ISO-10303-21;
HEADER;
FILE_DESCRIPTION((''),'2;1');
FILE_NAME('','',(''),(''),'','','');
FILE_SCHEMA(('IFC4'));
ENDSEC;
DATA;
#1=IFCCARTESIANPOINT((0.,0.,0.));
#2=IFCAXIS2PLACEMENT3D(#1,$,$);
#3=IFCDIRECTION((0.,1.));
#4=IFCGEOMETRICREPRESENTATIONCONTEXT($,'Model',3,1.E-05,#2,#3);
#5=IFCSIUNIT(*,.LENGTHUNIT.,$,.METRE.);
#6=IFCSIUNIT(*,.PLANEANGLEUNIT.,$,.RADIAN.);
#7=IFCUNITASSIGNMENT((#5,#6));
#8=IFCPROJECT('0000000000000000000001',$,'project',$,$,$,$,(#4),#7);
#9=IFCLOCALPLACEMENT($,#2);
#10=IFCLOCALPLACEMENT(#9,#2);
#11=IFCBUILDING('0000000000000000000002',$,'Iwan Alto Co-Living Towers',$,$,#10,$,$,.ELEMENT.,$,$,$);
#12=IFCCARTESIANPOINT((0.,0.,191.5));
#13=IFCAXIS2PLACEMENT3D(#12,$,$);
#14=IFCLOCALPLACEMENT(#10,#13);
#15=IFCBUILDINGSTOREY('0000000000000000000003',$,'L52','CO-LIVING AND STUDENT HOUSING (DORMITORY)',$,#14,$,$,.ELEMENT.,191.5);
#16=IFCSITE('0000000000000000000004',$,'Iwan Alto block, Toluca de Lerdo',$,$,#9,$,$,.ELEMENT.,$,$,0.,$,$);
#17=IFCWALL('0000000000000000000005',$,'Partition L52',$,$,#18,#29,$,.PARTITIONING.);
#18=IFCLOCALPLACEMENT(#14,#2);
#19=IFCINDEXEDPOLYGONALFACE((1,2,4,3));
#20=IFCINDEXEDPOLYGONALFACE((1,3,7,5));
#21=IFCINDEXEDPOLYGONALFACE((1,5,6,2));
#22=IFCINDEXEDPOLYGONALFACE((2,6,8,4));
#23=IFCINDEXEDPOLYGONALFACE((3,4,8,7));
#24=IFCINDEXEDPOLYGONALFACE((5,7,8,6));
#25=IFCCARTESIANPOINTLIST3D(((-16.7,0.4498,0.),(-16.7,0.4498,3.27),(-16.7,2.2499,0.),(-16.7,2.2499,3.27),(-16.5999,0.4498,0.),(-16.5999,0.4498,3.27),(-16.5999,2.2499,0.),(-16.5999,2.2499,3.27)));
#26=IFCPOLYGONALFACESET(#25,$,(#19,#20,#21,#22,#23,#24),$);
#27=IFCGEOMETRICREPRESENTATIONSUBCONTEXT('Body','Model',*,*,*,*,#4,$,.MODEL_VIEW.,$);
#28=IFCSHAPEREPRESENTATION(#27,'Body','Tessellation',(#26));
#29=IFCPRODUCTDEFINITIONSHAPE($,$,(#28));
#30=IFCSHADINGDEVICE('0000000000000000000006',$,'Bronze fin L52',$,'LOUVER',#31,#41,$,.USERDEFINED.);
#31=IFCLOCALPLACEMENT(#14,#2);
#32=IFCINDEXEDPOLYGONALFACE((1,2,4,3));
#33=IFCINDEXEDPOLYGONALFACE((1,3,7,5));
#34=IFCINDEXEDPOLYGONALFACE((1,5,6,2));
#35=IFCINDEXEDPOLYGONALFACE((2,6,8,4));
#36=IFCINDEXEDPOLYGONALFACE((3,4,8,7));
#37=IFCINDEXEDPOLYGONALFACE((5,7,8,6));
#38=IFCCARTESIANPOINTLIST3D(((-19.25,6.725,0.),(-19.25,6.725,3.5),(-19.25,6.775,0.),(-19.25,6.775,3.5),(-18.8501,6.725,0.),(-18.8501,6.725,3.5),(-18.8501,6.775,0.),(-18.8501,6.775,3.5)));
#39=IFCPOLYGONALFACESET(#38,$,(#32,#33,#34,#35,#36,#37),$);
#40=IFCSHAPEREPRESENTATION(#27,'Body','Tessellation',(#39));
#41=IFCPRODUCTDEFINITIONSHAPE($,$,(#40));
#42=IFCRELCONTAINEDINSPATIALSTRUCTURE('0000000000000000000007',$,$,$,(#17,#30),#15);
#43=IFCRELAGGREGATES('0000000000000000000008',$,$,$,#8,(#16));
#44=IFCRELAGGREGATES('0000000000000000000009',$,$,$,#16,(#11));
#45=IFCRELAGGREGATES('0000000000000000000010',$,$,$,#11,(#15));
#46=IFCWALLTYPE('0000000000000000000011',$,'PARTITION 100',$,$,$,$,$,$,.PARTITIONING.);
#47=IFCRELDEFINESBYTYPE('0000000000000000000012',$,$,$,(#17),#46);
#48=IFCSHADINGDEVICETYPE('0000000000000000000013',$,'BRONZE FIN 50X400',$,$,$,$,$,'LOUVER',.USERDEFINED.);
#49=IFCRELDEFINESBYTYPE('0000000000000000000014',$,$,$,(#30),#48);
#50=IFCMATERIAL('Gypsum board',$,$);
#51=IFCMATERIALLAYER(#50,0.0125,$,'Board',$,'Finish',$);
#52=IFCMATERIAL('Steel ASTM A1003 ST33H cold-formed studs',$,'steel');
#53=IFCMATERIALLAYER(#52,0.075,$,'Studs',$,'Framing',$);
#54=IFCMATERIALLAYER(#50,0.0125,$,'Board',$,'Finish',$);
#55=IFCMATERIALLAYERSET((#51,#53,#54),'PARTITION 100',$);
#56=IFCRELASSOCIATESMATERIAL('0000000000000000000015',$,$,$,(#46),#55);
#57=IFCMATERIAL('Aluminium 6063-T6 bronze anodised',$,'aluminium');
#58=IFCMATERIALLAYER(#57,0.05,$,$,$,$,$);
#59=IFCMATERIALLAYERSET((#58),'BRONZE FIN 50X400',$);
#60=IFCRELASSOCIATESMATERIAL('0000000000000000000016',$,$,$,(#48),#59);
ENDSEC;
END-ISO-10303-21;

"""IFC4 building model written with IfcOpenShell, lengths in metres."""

from ifc_helpers import new_model, si_unit, direction, frame, frame_2d, origin, origin_2d, place, context, subcontext, project, spatial, rectangle, extrude, material, layer, layer_set, type_object, element, save


model = new_model("IFC4")

# Units and contexts
model_context = context("Model", 3, precision=1e-05, world=origin(), true_north=direction((0.0, 1.0)))
body_context = subcontext(model_context, "Body", "Model", "MODEL_VIEW")
ifc_project = project(units=[si_unit("LENGTHUNIT", "METRE"), si_unit("PLANEANGLEUNIT", "RADIAN")], contexts=[model_context])

# Site, building, storey
site_placement = place(None, origin())
site = spatial("IfcSite", under=ifc_project, at=site_placement, Name="Iwan Alto block, Toluca de Lerdo", CompositionType="ELEMENT", RefElevation=0.0)
building_placement = place(site_placement, origin())
building = spatial("IfcBuilding", under=site, at=building_placement, Name="Iwan Alto Co-Living Towers", CompositionType="ELEMENT")
storey_placement = place(building_placement, frame((0.0, 0.0, 191.5)))
storey = spatial("IfcBuildingStorey", under=building, at=storey_placement, Name="L52", Description="CO-LIVING AND STUDENT HOUSING (DORMITORY)", CompositionType="ELEMENT", Elevation=191.5)

# Shared definitions
ifc_material_1 = material(Name="Gypsum board")
ifc_layer_1 = layer(ifc_material_1, 0.0125, Name="Board", Category="Finish")
ifc_material_2 = material(Name="Steel ASTM A1003 ST33H cold-formed studs", Category="steel")
ifc_layer_2 = layer(ifc_material_2, 0.075, Name="Studs", Category="Framing")
ifc_layer_3 = layer(ifc_material_1, 0.0125, Name="Board", Category="Finish")
ifc_layer_set_1 = layer_set([ifc_layer_1, ifc_layer_2, ifc_layer_3], Name="PARTITION 100")
wall_type = type_object("IfcWallType", Name="PARTITION 100", PredefinedType="PARTITIONING", material=ifc_layer_set_1)

# Wall
wall_1_placement = place(storey_placement, frame((-16.6499, 0.45, 0.0), z_axis=(0.0, 0.0, 1.0), x_axis=(0.0, 1.0, 0.0)))
element("IfcWall", 1, at=wall_1_placement, inside=storey, type_object=wall_type, Name="Partition L52", PredefinedType="PARTITIONING", context=body_context, shape_type="SweptSolid", body=[
    extrude(rectangle(XDim=1.8, YDim=0.1001, at=frame_2d((0.8999, 0.0))), origin(), (0.0, 0.0, 1.0), 3.27),
])

# Shading device
ifc_material_3 = material(Name="Aluminium 6063-T6 bronze anodised", Category="aluminium")
ifc_layer_4 = layer(ifc_material_3, 0.05)
ifc_layer_set_2 = layer_set([ifc_layer_4], Name="BRONZE FIN 50X400")
shading_device_type = type_object("IfcShadingDeviceType", Name="BRONZE FIN 50X400", ElementType="LOUVER", PredefinedType="USERDEFINED", material=ifc_layer_set_2)
shading_device_placement = place(storey_placement, frame((-19.05, 6.75, 0.0), z_axis=(0.0, 0.0, 1.0), x_axis=(0.0, -1.0, 0.0)))
element("IfcShadingDevice", 2, at=shading_device_placement, inside=storey, type_object=shading_device_type, Name="Bronze fin L52", ObjectType="LOUVER", PredefinedType="USERDEFINED", context=body_context, shape_type="SweptSolid", body=[
    extrude(rectangle(XDim=0.05, YDim=0.3999, at=origin_2d()), origin(), (0.0, 0.0, 1.0), 3.5),
])

save(model, "model.ifc")
